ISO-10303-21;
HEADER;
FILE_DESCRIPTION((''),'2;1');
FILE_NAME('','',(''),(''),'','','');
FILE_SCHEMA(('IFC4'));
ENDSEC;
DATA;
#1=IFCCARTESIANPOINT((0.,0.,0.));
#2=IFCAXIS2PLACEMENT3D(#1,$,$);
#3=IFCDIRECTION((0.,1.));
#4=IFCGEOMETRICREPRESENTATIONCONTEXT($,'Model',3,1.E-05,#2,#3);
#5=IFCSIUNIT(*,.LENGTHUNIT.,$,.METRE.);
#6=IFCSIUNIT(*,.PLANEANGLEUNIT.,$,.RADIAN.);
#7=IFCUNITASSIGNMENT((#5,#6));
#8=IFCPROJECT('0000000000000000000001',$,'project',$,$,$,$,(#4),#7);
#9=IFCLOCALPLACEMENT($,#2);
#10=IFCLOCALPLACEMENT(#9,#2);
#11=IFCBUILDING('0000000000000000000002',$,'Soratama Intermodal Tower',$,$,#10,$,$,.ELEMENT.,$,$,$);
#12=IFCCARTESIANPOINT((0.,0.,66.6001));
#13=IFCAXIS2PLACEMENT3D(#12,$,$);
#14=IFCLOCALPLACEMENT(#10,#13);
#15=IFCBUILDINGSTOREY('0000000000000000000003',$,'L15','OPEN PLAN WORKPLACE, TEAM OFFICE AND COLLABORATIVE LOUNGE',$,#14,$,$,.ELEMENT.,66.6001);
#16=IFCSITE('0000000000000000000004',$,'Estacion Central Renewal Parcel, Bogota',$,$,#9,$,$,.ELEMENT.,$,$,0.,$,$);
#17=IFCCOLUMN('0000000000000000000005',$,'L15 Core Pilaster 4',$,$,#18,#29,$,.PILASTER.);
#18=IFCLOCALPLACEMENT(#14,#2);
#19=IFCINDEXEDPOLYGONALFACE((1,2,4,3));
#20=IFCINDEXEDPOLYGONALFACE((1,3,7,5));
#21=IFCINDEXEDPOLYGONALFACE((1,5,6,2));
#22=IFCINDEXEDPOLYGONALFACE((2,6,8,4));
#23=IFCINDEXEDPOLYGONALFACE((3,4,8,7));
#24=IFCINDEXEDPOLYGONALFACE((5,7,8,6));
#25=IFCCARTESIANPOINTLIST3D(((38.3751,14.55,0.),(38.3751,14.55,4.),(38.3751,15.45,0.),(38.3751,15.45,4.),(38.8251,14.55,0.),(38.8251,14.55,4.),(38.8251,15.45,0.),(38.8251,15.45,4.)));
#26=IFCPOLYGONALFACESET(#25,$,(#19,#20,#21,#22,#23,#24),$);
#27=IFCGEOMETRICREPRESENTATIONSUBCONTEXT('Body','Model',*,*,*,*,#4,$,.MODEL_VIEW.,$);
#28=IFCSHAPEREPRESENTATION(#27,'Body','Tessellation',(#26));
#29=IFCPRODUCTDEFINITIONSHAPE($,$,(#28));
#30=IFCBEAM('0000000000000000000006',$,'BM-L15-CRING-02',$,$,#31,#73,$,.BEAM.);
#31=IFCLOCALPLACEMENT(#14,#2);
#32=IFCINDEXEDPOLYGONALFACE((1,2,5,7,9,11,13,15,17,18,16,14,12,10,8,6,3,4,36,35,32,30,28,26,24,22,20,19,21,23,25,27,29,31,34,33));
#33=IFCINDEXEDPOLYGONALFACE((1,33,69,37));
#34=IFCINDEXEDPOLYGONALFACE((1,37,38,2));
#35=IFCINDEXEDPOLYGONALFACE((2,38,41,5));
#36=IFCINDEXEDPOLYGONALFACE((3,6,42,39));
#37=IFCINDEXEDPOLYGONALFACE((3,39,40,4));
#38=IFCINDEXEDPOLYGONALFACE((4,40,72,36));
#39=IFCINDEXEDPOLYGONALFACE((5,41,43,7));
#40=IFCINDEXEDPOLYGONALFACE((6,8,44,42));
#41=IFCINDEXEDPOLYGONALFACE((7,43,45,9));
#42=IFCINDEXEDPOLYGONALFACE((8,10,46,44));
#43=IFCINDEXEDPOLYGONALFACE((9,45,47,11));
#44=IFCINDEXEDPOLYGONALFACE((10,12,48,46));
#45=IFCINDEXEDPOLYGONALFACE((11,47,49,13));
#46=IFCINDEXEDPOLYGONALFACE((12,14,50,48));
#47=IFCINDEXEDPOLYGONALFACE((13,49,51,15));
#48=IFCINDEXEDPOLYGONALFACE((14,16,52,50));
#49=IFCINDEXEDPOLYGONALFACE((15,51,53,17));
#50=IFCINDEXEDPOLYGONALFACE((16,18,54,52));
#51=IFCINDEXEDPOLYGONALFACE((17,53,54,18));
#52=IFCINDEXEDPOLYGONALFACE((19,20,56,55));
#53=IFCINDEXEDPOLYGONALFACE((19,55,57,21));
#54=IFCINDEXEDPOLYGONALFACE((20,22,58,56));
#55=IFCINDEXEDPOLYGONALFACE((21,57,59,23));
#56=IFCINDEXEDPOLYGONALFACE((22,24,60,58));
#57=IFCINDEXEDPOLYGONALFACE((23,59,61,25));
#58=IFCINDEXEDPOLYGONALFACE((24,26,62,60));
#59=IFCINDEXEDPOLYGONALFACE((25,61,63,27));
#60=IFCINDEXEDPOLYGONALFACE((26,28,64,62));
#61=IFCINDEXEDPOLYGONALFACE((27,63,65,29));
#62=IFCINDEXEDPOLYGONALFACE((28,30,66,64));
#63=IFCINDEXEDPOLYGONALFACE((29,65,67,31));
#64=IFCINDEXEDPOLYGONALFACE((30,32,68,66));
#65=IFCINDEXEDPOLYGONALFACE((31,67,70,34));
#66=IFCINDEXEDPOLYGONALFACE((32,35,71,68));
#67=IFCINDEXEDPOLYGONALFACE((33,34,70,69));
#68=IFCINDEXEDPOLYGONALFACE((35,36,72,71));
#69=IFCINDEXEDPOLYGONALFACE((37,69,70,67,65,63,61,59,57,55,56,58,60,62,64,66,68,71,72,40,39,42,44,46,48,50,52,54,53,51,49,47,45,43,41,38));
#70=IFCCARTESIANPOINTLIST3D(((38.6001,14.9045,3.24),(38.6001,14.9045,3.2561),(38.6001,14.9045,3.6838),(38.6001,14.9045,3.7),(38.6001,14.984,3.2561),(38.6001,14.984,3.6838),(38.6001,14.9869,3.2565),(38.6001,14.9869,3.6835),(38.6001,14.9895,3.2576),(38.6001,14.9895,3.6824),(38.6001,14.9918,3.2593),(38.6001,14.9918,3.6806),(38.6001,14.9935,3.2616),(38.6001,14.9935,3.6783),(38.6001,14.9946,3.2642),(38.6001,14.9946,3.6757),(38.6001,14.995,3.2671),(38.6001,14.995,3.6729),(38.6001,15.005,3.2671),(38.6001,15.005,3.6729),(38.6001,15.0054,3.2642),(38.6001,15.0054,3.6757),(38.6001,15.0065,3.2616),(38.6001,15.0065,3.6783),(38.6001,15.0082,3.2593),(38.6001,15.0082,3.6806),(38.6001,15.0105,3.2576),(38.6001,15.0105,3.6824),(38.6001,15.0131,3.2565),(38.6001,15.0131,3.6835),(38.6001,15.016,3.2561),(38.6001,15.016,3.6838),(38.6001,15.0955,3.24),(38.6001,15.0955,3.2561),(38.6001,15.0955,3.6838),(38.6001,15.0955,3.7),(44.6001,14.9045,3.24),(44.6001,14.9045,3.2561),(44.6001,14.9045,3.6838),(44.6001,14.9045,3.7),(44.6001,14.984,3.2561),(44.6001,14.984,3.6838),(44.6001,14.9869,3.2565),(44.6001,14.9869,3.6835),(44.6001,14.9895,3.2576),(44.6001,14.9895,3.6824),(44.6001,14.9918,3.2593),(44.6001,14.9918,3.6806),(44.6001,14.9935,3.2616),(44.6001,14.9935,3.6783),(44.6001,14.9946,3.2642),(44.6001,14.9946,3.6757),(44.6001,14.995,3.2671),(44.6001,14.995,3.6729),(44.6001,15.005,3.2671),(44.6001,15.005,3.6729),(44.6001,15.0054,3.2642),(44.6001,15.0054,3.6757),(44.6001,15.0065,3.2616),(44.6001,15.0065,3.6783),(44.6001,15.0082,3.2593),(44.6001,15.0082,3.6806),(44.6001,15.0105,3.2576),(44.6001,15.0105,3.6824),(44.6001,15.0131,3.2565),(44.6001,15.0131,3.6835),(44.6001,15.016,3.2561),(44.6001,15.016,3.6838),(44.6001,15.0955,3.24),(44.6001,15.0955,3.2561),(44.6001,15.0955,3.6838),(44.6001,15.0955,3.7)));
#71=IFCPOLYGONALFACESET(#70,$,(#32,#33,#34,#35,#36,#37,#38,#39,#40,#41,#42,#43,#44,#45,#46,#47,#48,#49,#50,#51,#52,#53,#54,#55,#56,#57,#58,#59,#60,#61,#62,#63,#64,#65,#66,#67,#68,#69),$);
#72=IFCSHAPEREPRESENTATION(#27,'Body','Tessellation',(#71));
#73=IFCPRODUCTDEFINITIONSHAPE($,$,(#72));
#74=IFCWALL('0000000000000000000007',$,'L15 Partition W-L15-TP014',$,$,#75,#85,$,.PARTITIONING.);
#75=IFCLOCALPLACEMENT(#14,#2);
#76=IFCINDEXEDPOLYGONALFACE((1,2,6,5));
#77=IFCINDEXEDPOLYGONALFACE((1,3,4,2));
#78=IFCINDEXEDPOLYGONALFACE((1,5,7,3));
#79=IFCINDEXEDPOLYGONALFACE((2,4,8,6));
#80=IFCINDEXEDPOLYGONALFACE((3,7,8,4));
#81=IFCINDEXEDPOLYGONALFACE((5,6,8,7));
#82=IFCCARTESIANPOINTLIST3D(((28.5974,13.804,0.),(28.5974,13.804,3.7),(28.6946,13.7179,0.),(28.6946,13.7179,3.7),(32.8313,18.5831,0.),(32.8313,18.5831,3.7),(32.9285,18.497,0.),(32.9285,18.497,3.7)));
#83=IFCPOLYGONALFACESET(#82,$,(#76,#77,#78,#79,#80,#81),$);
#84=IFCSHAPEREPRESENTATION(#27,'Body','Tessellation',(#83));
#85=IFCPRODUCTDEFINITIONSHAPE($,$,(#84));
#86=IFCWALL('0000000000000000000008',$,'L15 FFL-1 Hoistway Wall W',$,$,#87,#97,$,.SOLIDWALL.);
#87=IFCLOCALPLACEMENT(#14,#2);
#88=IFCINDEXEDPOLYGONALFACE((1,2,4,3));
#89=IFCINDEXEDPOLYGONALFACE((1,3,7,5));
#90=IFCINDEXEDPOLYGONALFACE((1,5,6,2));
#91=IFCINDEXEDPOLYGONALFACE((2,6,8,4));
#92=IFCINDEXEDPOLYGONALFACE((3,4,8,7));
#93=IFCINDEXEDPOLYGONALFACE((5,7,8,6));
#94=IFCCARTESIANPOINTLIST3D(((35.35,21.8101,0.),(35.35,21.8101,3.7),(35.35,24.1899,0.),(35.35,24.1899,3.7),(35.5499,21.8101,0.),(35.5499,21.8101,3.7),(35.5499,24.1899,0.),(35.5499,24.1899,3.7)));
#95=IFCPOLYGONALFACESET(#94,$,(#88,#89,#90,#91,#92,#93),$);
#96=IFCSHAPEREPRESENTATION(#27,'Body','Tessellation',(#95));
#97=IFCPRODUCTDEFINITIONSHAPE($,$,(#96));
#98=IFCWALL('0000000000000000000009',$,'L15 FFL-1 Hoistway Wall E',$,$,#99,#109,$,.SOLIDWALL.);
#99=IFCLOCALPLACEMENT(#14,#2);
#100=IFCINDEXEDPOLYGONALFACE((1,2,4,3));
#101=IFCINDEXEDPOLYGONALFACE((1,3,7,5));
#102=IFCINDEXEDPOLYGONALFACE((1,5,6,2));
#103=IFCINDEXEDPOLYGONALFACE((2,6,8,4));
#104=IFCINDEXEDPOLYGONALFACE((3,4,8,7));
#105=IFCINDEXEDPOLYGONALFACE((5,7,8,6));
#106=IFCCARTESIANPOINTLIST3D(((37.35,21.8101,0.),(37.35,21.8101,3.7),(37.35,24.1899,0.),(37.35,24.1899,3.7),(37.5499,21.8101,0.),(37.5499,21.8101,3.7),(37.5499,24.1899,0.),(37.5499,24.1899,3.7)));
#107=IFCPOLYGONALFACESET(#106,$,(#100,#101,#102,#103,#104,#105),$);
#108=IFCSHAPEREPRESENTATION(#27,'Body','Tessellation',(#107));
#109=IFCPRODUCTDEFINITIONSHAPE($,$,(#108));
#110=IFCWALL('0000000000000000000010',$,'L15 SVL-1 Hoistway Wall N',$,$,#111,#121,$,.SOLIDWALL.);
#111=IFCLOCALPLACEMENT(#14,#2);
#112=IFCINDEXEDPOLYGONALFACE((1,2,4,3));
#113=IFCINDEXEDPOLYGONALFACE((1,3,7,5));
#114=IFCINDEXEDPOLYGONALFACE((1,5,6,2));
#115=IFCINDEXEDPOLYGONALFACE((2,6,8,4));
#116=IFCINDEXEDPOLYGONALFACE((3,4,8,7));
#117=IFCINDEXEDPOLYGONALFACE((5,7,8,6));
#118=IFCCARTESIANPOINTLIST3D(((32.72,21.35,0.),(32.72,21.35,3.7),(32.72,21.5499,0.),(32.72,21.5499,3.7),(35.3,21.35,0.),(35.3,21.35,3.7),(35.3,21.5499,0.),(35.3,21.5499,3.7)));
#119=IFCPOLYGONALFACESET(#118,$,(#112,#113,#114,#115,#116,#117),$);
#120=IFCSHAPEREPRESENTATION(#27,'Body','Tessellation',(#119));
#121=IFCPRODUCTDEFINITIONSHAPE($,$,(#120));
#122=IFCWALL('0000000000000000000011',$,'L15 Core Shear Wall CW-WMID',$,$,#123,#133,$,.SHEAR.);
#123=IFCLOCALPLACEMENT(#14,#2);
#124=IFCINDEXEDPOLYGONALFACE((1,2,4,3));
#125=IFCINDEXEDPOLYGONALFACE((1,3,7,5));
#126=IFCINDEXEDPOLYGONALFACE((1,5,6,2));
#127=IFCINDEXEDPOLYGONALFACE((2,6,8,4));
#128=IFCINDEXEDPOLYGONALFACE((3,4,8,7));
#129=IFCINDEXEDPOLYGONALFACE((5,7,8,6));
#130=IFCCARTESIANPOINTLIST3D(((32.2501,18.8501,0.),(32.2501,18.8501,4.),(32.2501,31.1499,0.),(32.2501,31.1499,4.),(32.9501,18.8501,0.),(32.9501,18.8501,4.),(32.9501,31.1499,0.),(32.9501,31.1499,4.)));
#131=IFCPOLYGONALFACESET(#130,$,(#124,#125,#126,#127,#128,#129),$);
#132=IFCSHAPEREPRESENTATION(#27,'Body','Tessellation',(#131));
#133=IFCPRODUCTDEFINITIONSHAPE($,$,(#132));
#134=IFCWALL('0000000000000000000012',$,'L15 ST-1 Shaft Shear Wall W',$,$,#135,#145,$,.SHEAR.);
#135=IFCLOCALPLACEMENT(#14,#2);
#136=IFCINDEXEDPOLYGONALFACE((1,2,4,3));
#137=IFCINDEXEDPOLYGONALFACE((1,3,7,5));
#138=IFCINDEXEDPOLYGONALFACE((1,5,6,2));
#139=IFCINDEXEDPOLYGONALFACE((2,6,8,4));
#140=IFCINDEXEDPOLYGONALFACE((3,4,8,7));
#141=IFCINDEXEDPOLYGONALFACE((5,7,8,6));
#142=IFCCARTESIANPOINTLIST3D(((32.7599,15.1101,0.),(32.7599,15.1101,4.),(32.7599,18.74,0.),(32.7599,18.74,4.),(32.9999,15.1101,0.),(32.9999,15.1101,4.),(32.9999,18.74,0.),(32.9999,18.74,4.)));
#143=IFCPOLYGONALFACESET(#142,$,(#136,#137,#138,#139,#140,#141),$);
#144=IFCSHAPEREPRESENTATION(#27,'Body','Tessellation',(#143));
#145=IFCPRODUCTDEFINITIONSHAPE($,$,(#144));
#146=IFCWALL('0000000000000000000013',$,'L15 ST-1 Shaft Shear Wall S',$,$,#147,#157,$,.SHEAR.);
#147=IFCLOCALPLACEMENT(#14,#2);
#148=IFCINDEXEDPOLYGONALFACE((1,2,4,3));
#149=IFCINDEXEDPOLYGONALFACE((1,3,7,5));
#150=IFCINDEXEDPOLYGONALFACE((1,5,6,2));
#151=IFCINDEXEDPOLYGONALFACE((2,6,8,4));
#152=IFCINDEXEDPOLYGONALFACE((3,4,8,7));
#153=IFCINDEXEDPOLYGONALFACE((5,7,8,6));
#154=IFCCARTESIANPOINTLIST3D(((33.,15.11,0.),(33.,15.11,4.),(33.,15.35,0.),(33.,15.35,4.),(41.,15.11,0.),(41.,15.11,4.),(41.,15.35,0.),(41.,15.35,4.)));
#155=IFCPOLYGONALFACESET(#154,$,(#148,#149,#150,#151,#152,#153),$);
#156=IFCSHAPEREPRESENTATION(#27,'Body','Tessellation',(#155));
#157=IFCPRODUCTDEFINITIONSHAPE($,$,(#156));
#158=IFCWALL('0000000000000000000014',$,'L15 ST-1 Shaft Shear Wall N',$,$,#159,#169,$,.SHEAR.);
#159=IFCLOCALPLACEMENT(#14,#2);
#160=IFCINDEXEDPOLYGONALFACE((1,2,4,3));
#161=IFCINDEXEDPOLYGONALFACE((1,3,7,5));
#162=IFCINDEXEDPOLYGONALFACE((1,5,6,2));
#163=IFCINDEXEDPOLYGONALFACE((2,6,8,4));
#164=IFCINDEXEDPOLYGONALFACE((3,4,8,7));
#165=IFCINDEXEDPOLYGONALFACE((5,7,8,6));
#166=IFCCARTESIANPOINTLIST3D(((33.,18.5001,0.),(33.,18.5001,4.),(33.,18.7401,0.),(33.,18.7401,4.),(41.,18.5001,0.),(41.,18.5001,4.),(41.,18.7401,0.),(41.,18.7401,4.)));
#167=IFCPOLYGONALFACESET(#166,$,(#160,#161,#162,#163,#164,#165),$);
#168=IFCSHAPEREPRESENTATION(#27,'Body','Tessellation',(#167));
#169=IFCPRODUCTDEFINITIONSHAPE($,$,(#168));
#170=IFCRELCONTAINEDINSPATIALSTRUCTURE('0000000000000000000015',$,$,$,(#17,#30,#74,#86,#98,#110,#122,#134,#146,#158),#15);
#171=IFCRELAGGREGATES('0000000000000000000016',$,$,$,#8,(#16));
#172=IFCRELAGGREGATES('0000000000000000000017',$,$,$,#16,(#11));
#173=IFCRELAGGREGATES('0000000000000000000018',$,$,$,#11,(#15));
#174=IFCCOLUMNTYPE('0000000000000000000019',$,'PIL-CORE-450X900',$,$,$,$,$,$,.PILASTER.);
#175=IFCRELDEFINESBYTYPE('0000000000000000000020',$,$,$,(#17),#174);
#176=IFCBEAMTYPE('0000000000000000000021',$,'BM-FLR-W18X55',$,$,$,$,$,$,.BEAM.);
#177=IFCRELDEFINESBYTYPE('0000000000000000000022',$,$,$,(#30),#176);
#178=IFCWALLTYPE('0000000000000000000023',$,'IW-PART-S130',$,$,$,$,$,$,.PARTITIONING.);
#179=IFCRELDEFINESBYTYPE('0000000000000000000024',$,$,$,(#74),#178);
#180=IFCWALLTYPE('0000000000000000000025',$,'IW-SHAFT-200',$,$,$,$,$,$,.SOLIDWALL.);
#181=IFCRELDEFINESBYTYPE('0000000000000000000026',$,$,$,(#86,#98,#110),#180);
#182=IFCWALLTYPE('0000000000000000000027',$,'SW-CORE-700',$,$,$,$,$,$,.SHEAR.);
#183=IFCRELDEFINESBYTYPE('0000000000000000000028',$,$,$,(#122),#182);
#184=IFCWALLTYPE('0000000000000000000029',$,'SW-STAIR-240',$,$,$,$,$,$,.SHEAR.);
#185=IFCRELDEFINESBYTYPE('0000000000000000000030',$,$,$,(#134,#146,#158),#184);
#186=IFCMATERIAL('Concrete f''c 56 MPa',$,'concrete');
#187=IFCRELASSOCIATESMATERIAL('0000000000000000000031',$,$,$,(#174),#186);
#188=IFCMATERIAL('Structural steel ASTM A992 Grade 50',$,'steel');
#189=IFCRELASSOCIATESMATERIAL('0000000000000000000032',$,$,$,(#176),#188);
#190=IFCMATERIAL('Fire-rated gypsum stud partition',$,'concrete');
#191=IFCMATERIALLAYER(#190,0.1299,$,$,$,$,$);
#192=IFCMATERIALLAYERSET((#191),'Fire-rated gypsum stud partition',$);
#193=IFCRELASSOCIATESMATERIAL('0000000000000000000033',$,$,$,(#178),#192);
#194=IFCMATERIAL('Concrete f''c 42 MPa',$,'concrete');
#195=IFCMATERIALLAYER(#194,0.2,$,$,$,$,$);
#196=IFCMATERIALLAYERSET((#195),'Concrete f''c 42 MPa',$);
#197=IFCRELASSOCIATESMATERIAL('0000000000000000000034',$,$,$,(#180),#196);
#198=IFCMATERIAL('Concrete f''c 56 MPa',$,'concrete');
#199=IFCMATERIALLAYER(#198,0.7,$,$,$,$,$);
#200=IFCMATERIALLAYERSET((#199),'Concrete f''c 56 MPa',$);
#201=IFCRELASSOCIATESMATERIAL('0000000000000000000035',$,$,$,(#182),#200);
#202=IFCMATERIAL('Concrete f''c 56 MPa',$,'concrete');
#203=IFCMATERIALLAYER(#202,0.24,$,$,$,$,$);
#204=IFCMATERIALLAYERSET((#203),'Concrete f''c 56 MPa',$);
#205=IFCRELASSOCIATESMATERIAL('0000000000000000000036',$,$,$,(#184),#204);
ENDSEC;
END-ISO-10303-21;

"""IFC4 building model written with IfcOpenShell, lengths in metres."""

from ifc_helpers import new_model, si_unit, direction, frame, frame_2d, origin, origin_2d, place, context, subcontext, project, spatial, rectangle, i_section, extrude, material, layer, layer_set, material_profile, profile_set, type_object, element, save


model = new_model("IFC4")

# Units and contexts
model_context = context("Model", 3, precision=1e-05, world=origin(), true_north=direction((0.0, 1.0)))
body_context = subcontext(model_context, "Body", "Model", "MODEL_VIEW")
ifc_project = project(units=[si_unit("LENGTHUNIT", "METRE"), si_unit("PLANEANGLEUNIT", "RADIAN")], contexts=[model_context])

# Site, building, storey
site_placement = place(None, origin())
site = spatial("IfcSite", under=ifc_project, at=site_placement, Name="Estacion Central Renewal Parcel, Bogota", CompositionType="ELEMENT", RefElevation=0.0)
building_placement = place(site_placement, origin())
building = spatial("IfcBuilding", under=site, at=building_placement, Name="Soratama Intermodal Tower", CompositionType="ELEMENT")
storey_placement = place(building_placement, frame((0.0, 0.0, 66.6001)))
storey = spatial("IfcBuildingStorey", under=building, at=storey_placement, Name="L15", Description="OPEN PLAN WORKPLACE, TEAM OFFICE AND COLLABORATIVE LOUNGE", CompositionType="ELEMENT", Elevation=66.6001)

# Column
ifc_material_1 = material(Name="Concrete f'c 56 MPa", Category="concrete")
ifc_material_profile_1 = material_profile(ifc_material_1, rectangle(XDim=0.45, YDim=0.8999, at=origin_2d()), Name="RC450X900")
ifc_profile_set_1 = profile_set([ifc_material_profile_1], Name="Concrete f'c 56 MPa")
column_type = type_object("IfcColumnType", Name="PIL-CORE-450X900", PredefinedType="PILASTER", material=ifc_profile_set_1)
column_placement = place(storey_placement, frame((38.6001, 15.0, 0.0), z_axis=(0.0, 0.0, 1.0), x_axis=(1.0, 0.0, 0.0)))
element("IfcColumn", 1, at=column_placement, inside=storey, type_object=column_type, Name="L15 Core Pilaster 4", PredefinedType="PILASTER", context=body_context, shape_type="SweptSolid", body=[
    extrude(rectangle(XDim=0.45, YDim=0.8999, at=origin_2d()), origin(), (0.0, 0.0, 1.0), 4.0),
])

# Beam
ifc_material_2 = material(Name="Structural steel ASTM A992 Grade 50", Category="steel")
ifc_material_profile_2 = material_profile(ifc_material_2, i_section(OverallWidth=0.1909, OverallDepth=0.46, WebThickness=0.01, FlangeThickness=0.0161, FilletRadius=0.011, at=origin_2d()), Name="W18X55")
ifc_profile_set_2 = profile_set([ifc_material_profile_2], Name="Structural steel ASTM A992 Grade 50")
beam_type = type_object("IfcBeamType", Name="BM-FLR-W18X55", PredefinedType="BEAM", material=ifc_profile_set_2)
beam_placement = place(storey_placement, frame((38.6001, 15.0, 3.47), z_axis=(1.0, 0.0, 0.0), x_axis=(0.0, 1.0, 0.0)))
element("IfcBeam", 2, at=beam_placement, inside=storey, type_object=beam_type, Name="BM-L15-CRING-02", PredefinedType="BEAM", context=body_context, shape_type="SweptSolid", body=[
    extrude(i_section(OverallWidth=0.1909, OverallDepth=0.46, WebThickness=0.01, FlangeThickness=0.0161, FilletRadius=0.011, at=origin_2d()), origin(), (0.0, 0.0, 1.0), 6.0),
])

# Wall
ifc_material_3 = material(Name="Fire-rated gypsum stud partition", Category="concrete")
ifc_layer_1 = layer(ifc_material_3, 0.1299)
ifc_layer_set_1 = layer_set([ifc_layer_1], Name="Fire-rated gypsum stud partition")
wall_type_1 = type_object("IfcWallType", Name="IW-PART-S130", PredefinedType="PARTITIONING", material=ifc_layer_set_1)
wall_1_placement = place(storey_placement, frame((32.8799, 18.54, 0.0), z_axis=(0.0, 0.0, 1.0), x_axis=(-0.663124, -0.74851, 0.0)))
element("IfcWall", 3, at=wall_1_placement, inside=storey, type_object=wall_type_1, Name="L15 Partition W-L15-TP014", PredefinedType="PARTITIONING", context=body_context, shape_type="SweptSolid", body=[
    extrude(rectangle(XDim=6.3848, YDim=0.1299, at=frame_2d((3.1924, 0.0))), origin(), (0.0, 0.0, 1.0), 3.7),
])

# Shared definitions
ifc_material_4 = material(Name="Concrete f'c 42 MPa", Category="concrete")
ifc_layer_2 = layer(ifc_material_4, 0.2)
ifc_layer_set_2 = layer_set([ifc_layer_2], Name="Concrete f'c 42 MPa")
wall_type_2 = type_object("IfcWallType", Name="IW-SHAFT-200", PredefinedType="SOLIDWALL", material=ifc_layer_set_2)

# Walls
for number, where, z_axis, x_axis, name in (
    (4, (35.45, 21.8101, 0.0), (0.0, 0.0, 1.0), (0.0, 1.0, 0.0), "L15 FFL-1 Hoistway Wall W"),
    (5, (37.45, 21.8101, 0.0), (0.0, 0.0, 1.0), (0.0, 1.0, 0.0), "L15 FFL-1 Hoistway Wall E"),
):
    element("IfcWall", number, at=place(storey_placement, frame(where, z_axis=z_axis, x_axis=x_axis)), inside=storey, type_object=wall_type_2, Name=name, PredefinedType="SOLIDWALL", context=body_context, shape_type="SweptSolid", body=[
        extrude(rectangle(XDim=2.3799, YDim=0.2, at=frame_2d((1.1899, 0.0))), origin(), (0.0, 0.0, 1.0), 3.7),
    ])

# Wall
wall_2_placement = place(storey_placement, frame((32.72, 21.45, 0.0), z_axis=(0.0, 0.0, 1.0), x_axis=(1.0, 0.0, 0.0)))
element("IfcWall", 6, at=wall_2_placement, inside=storey, type_object=wall_type_2, Name="L15 SVL-1 Hoistway Wall N", PredefinedType="SOLIDWALL", context=body_context, shape_type="SweptSolid", body=[
    extrude(rectangle(XDim=2.5801, YDim=0.2, at=frame_2d((1.29, 0.0))), origin(), (0.0, 0.0, 1.0), 3.7),
])

# Walls
ifc_material_5 = material(Name="Concrete f'c 56 MPa", Category="concrete")
ifc_layer_3 = layer(ifc_material_5, 0.7)
ifc_layer_set_3 = layer_set([ifc_layer_3], Name="Concrete f'c 56 MPa")
wall_type_3 = type_object("IfcWallType", Name="SW-CORE-700", PredefinedType="SHEAR", material=ifc_layer_set_3)
wall_3_placement = place(storey_placement, frame((32.6001, 18.8501, 0.0), z_axis=(0.0, 0.0, 1.0), x_axis=(0.0, 1.0, 0.0)))
element("IfcWall", 7, at=wall_3_placement, inside=storey, type_object=wall_type_3, Name="L15 Core Shear Wall CW-WMID", PredefinedType="SHEAR", context=body_context, shape_type="SweptSolid", body=[
    extrude(rectangle(XDim=12.2998, YDim=0.7, at=frame_2d((6.1499, 0.0))), origin(), (0.0, 0.0, 1.0), 4.0),
])
ifc_material_6 = material(Name="Concrete f'c 56 MPa", Category="concrete")
ifc_layer_4 = layer(ifc_material_6, 0.24)
ifc_layer_set_4 = layer_set([ifc_layer_4], Name="Concrete f'c 56 MPa")
wall_type_4 = type_object("IfcWallType", Name="SW-STAIR-240", PredefinedType="SHEAR", material=ifc_layer_set_4)
wall_4_placement = place(storey_placement, frame((32.8799, 15.1101, 0.0), z_axis=(0.0, 0.0, 1.0), x_axis=(0.0, 1.0, 0.0)))
element("IfcWall", 8, at=wall_4_placement, inside=storey, type_object=wall_type_4, Name="L15 ST-1 Shaft Shear Wall W", PredefinedType="SHEAR", context=body_context, shape_type="SweptSolid", body=[
    extrude(rectangle(XDim=3.6299, YDim=0.24, at=frame_2d((1.8149, 0.0))), origin(), (0.0, 0.0, 1.0), 4.0),
])
for number, where, z_axis, x_axis, name in (
    (9, (33.0, 15.23, 0.0), (0.0, 0.0, 1.0), (1.0, 0.0, 0.0), "L15 ST-1 Shaft Shear Wall S"),
    (10, (33.0, 18.6201, 0.0), (0.0, 0.0, 1.0), (1.0, 0.0, 0.0), "L15 ST-1 Shaft Shear Wall N"),
):
    element("IfcWall", number, at=place(storey_placement, frame(where, z_axis=z_axis, x_axis=x_axis)), inside=storey, type_object=wall_type_4, Name=name, PredefinedType="SHEAR", context=body_context, shape_type="SweptSolid", body=[
        extrude(rectangle(XDim=8.0, YDim=0.24, at=frame_2d((4.0, 0.0))), origin(), (0.0, 0.0, 1.0), 4.0),
    ])

save(model, "model.ifc")
